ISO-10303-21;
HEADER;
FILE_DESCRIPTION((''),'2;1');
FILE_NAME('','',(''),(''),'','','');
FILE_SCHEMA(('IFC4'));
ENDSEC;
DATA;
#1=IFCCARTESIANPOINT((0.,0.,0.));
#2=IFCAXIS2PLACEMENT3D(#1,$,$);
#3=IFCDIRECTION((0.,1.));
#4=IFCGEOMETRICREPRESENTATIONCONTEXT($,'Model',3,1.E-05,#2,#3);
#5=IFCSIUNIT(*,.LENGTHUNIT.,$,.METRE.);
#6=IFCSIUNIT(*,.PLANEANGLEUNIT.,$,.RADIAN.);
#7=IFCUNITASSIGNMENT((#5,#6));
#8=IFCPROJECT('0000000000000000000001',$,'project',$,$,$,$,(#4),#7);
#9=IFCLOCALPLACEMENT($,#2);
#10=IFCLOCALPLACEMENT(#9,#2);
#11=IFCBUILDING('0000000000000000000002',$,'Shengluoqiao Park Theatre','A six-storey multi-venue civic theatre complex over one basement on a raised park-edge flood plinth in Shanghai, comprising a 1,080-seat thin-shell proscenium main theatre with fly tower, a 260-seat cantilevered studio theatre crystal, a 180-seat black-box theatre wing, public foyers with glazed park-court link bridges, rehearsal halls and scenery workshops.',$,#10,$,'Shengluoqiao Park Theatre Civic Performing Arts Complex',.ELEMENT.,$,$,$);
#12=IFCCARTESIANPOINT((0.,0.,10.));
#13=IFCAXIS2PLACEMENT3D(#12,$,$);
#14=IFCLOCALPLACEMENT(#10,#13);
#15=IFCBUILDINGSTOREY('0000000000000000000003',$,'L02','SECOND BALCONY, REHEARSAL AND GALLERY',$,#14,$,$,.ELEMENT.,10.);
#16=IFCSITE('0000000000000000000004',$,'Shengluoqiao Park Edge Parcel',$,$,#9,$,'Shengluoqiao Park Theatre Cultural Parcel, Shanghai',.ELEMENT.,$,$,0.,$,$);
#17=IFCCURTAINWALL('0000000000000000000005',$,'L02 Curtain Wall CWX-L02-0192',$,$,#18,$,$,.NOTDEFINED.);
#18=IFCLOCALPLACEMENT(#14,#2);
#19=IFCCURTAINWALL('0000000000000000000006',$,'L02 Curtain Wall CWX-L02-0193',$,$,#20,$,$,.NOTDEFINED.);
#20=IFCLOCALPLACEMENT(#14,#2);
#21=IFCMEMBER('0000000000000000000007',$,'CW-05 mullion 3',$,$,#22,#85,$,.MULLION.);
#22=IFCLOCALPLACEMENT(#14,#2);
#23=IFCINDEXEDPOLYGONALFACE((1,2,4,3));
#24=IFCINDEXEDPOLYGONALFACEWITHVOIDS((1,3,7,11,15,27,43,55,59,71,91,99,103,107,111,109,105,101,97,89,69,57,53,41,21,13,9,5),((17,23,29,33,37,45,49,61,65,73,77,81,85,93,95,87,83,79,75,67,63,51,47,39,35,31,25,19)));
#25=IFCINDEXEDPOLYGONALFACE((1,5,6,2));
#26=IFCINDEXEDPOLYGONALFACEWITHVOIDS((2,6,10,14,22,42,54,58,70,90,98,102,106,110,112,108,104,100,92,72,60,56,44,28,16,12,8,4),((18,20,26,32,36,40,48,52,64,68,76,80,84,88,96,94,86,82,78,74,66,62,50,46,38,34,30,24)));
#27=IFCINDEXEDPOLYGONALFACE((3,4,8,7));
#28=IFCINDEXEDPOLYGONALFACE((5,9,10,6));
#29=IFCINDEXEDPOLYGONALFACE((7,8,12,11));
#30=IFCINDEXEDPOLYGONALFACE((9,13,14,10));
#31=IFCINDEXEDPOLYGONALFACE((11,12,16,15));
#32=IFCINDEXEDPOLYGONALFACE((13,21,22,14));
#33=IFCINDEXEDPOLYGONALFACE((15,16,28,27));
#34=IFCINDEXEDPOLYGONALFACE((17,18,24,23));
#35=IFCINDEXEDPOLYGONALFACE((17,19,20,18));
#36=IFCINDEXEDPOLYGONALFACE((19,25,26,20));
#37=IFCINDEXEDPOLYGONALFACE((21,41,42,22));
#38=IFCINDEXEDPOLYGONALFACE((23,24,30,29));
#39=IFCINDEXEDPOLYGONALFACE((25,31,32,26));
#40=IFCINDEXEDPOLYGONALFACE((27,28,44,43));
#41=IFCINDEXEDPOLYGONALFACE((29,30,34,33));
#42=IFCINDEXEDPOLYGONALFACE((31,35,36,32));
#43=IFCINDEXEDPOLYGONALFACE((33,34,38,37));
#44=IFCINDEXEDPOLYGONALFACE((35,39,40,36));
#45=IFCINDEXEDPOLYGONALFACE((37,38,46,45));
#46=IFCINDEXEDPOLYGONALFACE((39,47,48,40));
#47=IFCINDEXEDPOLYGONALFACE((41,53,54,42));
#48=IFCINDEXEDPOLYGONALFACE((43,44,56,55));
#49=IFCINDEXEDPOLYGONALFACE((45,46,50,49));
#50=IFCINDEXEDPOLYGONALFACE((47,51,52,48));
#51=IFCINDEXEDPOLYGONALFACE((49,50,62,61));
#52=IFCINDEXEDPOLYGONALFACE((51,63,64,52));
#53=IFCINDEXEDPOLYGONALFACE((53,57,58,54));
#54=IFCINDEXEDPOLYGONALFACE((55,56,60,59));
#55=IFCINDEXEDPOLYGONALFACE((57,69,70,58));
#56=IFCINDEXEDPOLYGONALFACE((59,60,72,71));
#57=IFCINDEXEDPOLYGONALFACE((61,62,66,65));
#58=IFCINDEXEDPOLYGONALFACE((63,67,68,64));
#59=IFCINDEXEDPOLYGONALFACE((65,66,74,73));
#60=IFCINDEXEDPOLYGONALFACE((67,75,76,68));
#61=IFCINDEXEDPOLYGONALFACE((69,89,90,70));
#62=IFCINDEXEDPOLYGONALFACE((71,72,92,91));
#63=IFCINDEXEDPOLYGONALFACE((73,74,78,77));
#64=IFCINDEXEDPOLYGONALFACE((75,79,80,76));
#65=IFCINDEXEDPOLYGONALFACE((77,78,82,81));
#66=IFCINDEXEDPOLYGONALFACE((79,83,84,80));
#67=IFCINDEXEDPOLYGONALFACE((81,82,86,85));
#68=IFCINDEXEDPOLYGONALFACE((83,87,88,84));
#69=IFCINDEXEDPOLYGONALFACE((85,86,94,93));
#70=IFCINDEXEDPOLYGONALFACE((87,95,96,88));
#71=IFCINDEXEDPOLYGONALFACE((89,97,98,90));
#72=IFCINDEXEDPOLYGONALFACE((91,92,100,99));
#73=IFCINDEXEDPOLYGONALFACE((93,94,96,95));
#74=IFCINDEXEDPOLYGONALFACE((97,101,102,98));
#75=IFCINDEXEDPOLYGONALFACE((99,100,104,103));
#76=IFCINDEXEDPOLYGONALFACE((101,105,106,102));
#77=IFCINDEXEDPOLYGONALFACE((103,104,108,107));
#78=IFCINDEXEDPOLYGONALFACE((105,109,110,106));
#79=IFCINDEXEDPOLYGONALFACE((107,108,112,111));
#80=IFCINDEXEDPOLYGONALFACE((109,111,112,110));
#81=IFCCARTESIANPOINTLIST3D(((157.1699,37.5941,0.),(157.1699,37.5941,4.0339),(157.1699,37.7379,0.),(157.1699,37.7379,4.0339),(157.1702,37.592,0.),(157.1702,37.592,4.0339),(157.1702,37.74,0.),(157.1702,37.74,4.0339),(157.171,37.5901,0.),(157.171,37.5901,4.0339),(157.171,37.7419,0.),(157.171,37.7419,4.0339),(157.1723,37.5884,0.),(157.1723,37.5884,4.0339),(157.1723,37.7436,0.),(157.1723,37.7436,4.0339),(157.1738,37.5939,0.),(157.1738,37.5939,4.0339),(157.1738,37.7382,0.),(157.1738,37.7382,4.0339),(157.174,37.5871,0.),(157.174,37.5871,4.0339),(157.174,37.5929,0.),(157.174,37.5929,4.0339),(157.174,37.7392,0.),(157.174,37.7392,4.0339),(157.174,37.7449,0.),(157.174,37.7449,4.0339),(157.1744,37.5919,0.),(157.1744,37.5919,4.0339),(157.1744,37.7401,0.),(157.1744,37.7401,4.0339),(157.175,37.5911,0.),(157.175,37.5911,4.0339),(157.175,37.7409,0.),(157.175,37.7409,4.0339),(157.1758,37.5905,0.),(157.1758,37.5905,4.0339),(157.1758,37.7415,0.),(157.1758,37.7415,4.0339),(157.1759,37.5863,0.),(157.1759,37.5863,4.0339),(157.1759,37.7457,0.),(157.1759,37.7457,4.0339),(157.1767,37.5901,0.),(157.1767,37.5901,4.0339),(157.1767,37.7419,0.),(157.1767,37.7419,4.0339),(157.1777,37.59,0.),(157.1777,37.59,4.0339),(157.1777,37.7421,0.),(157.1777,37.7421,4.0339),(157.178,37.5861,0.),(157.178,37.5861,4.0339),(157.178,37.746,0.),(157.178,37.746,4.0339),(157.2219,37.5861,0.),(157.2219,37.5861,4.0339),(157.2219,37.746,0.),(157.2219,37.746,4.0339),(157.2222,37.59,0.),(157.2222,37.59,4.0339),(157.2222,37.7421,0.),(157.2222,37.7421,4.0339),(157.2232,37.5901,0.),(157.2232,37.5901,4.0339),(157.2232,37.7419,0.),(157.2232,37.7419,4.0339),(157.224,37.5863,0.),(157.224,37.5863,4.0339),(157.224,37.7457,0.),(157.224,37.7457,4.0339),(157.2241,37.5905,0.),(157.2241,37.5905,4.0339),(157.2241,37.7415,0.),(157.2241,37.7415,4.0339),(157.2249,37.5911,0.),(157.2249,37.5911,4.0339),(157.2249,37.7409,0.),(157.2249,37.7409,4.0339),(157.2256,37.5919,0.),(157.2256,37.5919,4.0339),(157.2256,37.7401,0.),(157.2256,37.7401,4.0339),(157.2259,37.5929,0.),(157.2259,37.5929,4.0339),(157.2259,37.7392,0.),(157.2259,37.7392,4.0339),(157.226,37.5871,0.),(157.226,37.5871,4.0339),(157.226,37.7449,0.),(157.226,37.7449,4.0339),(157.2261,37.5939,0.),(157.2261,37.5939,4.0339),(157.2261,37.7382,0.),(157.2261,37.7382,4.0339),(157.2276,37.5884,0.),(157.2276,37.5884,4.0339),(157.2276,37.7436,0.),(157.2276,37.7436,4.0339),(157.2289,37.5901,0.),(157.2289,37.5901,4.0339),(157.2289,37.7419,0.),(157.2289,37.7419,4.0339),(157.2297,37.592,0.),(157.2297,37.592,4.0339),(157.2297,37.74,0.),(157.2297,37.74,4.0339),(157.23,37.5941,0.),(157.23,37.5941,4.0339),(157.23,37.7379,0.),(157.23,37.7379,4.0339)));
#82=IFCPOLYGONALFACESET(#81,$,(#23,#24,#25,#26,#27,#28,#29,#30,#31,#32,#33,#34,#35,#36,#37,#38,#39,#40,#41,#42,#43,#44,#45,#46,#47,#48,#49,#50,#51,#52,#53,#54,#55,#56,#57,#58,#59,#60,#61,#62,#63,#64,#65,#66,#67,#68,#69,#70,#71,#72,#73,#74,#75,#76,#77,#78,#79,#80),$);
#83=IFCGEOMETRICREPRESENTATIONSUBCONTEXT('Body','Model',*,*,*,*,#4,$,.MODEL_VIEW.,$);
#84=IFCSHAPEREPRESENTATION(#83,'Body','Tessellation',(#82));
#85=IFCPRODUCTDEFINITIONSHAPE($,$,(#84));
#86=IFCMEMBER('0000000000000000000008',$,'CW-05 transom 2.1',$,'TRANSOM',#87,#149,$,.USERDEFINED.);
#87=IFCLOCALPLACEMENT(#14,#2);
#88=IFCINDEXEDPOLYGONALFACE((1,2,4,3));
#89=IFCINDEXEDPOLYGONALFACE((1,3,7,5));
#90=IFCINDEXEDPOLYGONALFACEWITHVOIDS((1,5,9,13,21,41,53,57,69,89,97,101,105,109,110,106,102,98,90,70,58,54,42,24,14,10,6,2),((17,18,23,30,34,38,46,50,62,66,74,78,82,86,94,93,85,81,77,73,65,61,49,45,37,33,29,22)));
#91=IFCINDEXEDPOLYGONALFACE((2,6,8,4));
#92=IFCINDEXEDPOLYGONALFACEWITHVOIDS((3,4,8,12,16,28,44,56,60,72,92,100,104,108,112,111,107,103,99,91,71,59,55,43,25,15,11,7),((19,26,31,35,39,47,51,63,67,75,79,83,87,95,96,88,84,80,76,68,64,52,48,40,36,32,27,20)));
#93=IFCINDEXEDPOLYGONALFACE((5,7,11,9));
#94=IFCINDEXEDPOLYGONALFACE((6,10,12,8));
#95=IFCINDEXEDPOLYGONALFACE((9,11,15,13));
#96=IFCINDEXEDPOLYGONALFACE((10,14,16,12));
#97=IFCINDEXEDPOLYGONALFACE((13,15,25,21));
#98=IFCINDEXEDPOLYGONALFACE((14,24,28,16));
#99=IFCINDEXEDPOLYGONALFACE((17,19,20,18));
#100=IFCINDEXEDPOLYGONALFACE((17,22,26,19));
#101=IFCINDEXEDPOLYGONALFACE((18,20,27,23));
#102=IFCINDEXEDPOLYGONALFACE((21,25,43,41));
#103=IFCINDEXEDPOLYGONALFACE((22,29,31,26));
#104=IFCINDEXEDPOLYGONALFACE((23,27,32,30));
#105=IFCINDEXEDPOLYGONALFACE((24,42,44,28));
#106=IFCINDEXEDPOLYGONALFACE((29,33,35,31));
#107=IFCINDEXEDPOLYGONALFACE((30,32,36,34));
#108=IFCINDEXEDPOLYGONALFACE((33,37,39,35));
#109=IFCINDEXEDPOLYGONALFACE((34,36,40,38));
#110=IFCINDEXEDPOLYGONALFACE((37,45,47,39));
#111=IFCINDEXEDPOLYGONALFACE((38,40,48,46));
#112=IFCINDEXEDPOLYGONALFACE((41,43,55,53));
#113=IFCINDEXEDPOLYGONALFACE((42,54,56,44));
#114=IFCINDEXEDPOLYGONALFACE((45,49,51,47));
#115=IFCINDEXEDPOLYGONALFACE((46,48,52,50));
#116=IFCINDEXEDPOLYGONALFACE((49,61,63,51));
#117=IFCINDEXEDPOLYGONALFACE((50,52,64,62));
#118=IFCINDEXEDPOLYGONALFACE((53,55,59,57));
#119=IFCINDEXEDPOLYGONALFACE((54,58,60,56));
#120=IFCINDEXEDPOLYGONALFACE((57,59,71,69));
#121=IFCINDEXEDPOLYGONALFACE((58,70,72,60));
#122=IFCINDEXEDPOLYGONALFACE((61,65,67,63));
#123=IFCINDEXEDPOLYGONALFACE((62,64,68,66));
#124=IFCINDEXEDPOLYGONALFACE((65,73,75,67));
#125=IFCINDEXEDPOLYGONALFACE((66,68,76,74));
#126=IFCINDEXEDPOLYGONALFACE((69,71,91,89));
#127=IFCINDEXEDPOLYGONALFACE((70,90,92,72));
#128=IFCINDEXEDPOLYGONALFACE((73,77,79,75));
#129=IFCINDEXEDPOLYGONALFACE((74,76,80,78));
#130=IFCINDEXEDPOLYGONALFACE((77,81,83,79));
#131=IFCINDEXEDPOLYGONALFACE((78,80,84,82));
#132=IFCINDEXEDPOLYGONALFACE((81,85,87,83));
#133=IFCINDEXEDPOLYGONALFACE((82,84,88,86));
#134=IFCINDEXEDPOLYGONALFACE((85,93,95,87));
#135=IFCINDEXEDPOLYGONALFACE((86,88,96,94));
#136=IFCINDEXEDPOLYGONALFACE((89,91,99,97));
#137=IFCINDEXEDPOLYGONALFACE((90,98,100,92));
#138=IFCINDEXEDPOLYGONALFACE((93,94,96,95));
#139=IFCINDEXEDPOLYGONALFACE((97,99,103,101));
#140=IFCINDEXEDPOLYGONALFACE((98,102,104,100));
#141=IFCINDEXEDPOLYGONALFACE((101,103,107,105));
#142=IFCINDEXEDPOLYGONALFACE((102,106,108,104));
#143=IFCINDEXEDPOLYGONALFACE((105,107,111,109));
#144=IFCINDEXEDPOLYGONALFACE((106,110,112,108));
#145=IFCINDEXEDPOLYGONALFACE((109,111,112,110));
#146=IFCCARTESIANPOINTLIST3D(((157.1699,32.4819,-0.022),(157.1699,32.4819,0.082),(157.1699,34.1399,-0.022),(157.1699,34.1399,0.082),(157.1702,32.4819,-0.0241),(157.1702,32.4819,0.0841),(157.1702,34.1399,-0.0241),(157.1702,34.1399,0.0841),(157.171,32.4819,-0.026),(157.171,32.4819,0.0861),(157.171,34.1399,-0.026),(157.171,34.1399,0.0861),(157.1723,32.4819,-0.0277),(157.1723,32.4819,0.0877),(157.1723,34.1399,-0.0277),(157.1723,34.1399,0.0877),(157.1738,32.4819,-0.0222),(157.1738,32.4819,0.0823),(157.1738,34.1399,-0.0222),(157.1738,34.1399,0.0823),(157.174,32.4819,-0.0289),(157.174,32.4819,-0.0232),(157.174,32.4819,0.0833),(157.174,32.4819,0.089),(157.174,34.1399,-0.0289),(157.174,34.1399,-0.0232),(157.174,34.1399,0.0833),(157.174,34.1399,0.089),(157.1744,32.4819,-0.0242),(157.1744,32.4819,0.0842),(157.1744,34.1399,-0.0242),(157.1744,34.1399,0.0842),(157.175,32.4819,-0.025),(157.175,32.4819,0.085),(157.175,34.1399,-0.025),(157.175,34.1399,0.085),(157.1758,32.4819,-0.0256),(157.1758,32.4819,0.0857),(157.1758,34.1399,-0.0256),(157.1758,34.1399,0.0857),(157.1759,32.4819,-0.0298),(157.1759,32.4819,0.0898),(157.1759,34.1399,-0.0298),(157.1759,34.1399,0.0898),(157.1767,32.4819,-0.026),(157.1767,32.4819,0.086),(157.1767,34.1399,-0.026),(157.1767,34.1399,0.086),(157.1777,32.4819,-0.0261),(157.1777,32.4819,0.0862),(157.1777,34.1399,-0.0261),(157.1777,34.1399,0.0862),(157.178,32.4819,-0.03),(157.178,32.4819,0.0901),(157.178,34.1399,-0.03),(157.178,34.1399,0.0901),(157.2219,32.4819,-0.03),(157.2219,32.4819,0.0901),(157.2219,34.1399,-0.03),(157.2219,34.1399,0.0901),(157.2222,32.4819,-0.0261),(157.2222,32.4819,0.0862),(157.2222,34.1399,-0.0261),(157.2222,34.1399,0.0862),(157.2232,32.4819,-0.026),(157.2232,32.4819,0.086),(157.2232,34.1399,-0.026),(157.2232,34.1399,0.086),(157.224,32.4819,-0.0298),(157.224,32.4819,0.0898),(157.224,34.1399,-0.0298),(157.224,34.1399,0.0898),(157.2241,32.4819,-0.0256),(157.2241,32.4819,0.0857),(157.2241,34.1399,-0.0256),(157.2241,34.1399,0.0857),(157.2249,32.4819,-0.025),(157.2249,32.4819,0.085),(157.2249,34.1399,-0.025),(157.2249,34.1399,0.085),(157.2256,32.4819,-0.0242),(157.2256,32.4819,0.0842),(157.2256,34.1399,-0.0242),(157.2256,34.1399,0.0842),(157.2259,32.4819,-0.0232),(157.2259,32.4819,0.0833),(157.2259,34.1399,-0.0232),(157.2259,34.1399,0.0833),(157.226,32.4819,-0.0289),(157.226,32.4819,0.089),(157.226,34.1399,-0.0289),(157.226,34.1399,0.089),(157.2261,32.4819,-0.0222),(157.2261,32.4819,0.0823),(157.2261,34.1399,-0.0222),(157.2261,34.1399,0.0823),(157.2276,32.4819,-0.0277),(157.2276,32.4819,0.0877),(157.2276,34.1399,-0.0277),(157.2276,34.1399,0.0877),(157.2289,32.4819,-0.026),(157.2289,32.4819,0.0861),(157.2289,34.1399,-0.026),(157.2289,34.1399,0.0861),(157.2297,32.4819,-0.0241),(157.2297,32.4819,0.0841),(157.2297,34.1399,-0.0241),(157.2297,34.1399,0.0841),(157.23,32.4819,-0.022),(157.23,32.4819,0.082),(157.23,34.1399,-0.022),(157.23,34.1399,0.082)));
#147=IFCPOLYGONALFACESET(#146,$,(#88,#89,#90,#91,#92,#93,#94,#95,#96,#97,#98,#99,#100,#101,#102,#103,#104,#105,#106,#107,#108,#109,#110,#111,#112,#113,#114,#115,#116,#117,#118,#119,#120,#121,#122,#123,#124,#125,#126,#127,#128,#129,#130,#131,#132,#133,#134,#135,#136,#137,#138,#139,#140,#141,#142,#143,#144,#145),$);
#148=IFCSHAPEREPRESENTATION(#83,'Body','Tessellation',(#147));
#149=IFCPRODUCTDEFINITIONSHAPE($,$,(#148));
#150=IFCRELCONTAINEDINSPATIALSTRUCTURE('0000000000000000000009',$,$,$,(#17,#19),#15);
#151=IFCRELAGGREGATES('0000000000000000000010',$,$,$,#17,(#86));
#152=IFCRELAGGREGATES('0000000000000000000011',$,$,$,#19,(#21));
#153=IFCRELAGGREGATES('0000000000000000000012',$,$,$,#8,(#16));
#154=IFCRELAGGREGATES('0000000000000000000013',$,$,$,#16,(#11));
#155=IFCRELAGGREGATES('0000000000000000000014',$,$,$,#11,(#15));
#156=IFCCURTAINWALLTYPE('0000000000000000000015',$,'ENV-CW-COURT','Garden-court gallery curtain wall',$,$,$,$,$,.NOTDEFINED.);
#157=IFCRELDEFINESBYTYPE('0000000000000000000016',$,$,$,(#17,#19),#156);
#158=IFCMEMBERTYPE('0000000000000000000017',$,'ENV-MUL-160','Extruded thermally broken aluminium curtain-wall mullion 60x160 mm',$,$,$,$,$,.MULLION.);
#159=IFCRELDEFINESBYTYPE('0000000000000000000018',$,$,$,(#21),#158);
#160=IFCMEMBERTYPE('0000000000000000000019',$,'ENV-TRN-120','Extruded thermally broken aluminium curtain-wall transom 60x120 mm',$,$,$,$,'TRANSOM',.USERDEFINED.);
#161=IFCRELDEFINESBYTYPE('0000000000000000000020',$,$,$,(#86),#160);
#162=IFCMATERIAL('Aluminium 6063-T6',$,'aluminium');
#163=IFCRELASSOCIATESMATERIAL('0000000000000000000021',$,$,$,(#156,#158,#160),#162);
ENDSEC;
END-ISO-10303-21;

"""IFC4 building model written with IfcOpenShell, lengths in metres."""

from ifc_helpers import new_model, si_unit, direction, frame, origin, origin_2d, place, context, subcontext, project, spatial, hollow_rectangle, extrude, material, material_profile, profile_set, type_object, element, aggregate, save


model = new_model("IFC4")

# Units and contexts
model_context = context("Model", 3, precision=1e-05, world=origin(), true_north=direction((0.0, 1.0)))
body_context = subcontext(model_context, "Body", "Model", "MODEL_VIEW")
ifc_project = project(units=[si_unit("LENGTHUNIT", "METRE"), si_unit("PLANEANGLEUNIT", "RADIAN")], contexts=[model_context])

# Site, building, storey
site_placement = place(None, origin())
site = spatial("IfcSite", under=ifc_project, at=site_placement, Name="Shengluoqiao Park Edge Parcel", LongName="Shengluoqiao Park Theatre Cultural Parcel, Shanghai", CompositionType="ELEMENT", RefElevation=0.0)
building_placement = place(site_placement, origin())
building = spatial("IfcBuilding", under=site, at=building_placement, Name="Shengluoqiao Park Theatre", Description="A six-storey multi-venue civic theatre complex over one basement on a raised park-edge flood plinth in Shanghai, comprising a 1,080-seat thin-shell proscenium main theatre with fly tower, a 260-seat cantilevered studio theatre crystal, a 180-seat black-box theatre wing, public foyers with glazed park-court link bridges, rehearsal halls and scenery workshops.", LongName="Shengluoqiao Park Theatre Civic Performing Arts Complex", CompositionType="ELEMENT")
storey_placement = place(building_placement, frame((0.0, 0.0, 10.0)))
storey = spatial("IfcBuildingStorey", under=building, at=storey_placement, Name="L02", Description="SECOND BALCONY, REHEARSAL AND GALLERY", CompositionType="ELEMENT", Elevation=10.0)

# Curtain walls, member
ifc_material_1 = material(Name="Aluminium 6063-T6", Category="aluminium")
curtain_wall_type = type_object("IfcCurtainWallType", Name="ENV-CW-COURT", Description="Garden-court gallery curtain wall", PredefinedType="NOTDEFINED", material=ifc_material_1)
curtain_wall_1_placement = place(storey_placement, origin())
curtain_wall_1 = element("IfcCurtainWall", 1, at=curtain_wall_1_placement, inside=storey, type_object=curtain_wall_type, Name="L02 Curtain Wall CWX-L02-0192", PredefinedType="NOTDEFINED")
ifc_material_profile_1 = material_profile(ifc_material_1, hollow_rectangle(XDim=0.0601, YDim=0.1599, WallThickness=0.0039, InnerFilletRadius=0.0039, OuterFilletRadius=0.0081, at=origin_2d()), Name="ALU MULLION 160x60x4")
ifc_profile_set_1 = profile_set([ifc_material_profile_1], Name="Aluminium 6063-T6")
member_type_1 = type_object("IfcMemberType", Name="ENV-MUL-160", Description="Extruded thermally broken aluminium curtain-wall mullion 60x160 mm", PredefinedType="MULLION", material=ifc_profile_set_1)
curtain_wall_2_placement = place(storey_placement, origin())
curtain_wall_2 = element("IfcCurtainWall", 2, at=curtain_wall_2_placement, inside=storey, type_object=curtain_wall_type, Name="L02 Curtain Wall CWX-L02-0193", PredefinedType="NOTDEFINED")
member_1_placement = place(storey_placement, frame((157.2, 37.666, 0.0), z_axis=(0.0, 0.0, 1.0), x_axis=(-1.0, 0.0, 0.0)))
member_1 = element("IfcMember", 3, at=member_1_placement, type_object=member_type_1, Name="CW-05 mullion 3", PredefinedType="MULLION", context=body_context, shape_type="SweptSolid", body=[
    extrude(hollow_rectangle(XDim=0.0601, YDim=0.1599, WallThickness=0.0039, InnerFilletRadius=0.0039, OuterFilletRadius=0.0081, at=origin_2d()), origin(), (0.0, 0.0, 1.0), 4.0339),
])

# Member
ifc_material_profile_2 = material_profile(ifc_material_1, hollow_rectangle(XDim=0.0601, YDim=0.1201, WallThickness=0.0039, InnerFilletRadius=0.0039, OuterFilletRadius=0.0081, at=origin_2d()), Name="ALU TRANSOM 120x60x4")
ifc_profile_set_2 = profile_set([ifc_material_profile_2], Name="Aluminium 6063-T6")
member_type_2 = type_object("IfcMemberType", Name="ENV-TRN-120", Description="Extruded thermally broken aluminium curtain-wall transom 60x120 mm", ElementType="TRANSOM", PredefinedType="USERDEFINED", material=ifc_profile_set_2)
member_2_placement = place(storey_placement, frame((157.2, 32.4819, 0.03), z_axis=(0.0, 1.0, 0.0), x_axis=(-1.0, 0.0, 0.0)))
member_2 = element("IfcMember", 4, at=member_2_placement, type_object=member_type_2, Name="CW-05 transom 2.1", ObjectType="TRANSOM", PredefinedType="USERDEFINED", context=body_context, shape_type="SweptSolid", body=[
    extrude(hollow_rectangle(XDim=0.0601, YDim=0.1201, WallThickness=0.0039, InnerFilletRadius=0.0039, OuterFilletRadius=0.0081, at=origin_2d()), origin(), (0.0, 0.0, 1.0), 1.658),
])

aggregate(curtain_wall_1, [member_2])
aggregate(curtain_wall_2, [member_1])

save(model, "model.ifc")
